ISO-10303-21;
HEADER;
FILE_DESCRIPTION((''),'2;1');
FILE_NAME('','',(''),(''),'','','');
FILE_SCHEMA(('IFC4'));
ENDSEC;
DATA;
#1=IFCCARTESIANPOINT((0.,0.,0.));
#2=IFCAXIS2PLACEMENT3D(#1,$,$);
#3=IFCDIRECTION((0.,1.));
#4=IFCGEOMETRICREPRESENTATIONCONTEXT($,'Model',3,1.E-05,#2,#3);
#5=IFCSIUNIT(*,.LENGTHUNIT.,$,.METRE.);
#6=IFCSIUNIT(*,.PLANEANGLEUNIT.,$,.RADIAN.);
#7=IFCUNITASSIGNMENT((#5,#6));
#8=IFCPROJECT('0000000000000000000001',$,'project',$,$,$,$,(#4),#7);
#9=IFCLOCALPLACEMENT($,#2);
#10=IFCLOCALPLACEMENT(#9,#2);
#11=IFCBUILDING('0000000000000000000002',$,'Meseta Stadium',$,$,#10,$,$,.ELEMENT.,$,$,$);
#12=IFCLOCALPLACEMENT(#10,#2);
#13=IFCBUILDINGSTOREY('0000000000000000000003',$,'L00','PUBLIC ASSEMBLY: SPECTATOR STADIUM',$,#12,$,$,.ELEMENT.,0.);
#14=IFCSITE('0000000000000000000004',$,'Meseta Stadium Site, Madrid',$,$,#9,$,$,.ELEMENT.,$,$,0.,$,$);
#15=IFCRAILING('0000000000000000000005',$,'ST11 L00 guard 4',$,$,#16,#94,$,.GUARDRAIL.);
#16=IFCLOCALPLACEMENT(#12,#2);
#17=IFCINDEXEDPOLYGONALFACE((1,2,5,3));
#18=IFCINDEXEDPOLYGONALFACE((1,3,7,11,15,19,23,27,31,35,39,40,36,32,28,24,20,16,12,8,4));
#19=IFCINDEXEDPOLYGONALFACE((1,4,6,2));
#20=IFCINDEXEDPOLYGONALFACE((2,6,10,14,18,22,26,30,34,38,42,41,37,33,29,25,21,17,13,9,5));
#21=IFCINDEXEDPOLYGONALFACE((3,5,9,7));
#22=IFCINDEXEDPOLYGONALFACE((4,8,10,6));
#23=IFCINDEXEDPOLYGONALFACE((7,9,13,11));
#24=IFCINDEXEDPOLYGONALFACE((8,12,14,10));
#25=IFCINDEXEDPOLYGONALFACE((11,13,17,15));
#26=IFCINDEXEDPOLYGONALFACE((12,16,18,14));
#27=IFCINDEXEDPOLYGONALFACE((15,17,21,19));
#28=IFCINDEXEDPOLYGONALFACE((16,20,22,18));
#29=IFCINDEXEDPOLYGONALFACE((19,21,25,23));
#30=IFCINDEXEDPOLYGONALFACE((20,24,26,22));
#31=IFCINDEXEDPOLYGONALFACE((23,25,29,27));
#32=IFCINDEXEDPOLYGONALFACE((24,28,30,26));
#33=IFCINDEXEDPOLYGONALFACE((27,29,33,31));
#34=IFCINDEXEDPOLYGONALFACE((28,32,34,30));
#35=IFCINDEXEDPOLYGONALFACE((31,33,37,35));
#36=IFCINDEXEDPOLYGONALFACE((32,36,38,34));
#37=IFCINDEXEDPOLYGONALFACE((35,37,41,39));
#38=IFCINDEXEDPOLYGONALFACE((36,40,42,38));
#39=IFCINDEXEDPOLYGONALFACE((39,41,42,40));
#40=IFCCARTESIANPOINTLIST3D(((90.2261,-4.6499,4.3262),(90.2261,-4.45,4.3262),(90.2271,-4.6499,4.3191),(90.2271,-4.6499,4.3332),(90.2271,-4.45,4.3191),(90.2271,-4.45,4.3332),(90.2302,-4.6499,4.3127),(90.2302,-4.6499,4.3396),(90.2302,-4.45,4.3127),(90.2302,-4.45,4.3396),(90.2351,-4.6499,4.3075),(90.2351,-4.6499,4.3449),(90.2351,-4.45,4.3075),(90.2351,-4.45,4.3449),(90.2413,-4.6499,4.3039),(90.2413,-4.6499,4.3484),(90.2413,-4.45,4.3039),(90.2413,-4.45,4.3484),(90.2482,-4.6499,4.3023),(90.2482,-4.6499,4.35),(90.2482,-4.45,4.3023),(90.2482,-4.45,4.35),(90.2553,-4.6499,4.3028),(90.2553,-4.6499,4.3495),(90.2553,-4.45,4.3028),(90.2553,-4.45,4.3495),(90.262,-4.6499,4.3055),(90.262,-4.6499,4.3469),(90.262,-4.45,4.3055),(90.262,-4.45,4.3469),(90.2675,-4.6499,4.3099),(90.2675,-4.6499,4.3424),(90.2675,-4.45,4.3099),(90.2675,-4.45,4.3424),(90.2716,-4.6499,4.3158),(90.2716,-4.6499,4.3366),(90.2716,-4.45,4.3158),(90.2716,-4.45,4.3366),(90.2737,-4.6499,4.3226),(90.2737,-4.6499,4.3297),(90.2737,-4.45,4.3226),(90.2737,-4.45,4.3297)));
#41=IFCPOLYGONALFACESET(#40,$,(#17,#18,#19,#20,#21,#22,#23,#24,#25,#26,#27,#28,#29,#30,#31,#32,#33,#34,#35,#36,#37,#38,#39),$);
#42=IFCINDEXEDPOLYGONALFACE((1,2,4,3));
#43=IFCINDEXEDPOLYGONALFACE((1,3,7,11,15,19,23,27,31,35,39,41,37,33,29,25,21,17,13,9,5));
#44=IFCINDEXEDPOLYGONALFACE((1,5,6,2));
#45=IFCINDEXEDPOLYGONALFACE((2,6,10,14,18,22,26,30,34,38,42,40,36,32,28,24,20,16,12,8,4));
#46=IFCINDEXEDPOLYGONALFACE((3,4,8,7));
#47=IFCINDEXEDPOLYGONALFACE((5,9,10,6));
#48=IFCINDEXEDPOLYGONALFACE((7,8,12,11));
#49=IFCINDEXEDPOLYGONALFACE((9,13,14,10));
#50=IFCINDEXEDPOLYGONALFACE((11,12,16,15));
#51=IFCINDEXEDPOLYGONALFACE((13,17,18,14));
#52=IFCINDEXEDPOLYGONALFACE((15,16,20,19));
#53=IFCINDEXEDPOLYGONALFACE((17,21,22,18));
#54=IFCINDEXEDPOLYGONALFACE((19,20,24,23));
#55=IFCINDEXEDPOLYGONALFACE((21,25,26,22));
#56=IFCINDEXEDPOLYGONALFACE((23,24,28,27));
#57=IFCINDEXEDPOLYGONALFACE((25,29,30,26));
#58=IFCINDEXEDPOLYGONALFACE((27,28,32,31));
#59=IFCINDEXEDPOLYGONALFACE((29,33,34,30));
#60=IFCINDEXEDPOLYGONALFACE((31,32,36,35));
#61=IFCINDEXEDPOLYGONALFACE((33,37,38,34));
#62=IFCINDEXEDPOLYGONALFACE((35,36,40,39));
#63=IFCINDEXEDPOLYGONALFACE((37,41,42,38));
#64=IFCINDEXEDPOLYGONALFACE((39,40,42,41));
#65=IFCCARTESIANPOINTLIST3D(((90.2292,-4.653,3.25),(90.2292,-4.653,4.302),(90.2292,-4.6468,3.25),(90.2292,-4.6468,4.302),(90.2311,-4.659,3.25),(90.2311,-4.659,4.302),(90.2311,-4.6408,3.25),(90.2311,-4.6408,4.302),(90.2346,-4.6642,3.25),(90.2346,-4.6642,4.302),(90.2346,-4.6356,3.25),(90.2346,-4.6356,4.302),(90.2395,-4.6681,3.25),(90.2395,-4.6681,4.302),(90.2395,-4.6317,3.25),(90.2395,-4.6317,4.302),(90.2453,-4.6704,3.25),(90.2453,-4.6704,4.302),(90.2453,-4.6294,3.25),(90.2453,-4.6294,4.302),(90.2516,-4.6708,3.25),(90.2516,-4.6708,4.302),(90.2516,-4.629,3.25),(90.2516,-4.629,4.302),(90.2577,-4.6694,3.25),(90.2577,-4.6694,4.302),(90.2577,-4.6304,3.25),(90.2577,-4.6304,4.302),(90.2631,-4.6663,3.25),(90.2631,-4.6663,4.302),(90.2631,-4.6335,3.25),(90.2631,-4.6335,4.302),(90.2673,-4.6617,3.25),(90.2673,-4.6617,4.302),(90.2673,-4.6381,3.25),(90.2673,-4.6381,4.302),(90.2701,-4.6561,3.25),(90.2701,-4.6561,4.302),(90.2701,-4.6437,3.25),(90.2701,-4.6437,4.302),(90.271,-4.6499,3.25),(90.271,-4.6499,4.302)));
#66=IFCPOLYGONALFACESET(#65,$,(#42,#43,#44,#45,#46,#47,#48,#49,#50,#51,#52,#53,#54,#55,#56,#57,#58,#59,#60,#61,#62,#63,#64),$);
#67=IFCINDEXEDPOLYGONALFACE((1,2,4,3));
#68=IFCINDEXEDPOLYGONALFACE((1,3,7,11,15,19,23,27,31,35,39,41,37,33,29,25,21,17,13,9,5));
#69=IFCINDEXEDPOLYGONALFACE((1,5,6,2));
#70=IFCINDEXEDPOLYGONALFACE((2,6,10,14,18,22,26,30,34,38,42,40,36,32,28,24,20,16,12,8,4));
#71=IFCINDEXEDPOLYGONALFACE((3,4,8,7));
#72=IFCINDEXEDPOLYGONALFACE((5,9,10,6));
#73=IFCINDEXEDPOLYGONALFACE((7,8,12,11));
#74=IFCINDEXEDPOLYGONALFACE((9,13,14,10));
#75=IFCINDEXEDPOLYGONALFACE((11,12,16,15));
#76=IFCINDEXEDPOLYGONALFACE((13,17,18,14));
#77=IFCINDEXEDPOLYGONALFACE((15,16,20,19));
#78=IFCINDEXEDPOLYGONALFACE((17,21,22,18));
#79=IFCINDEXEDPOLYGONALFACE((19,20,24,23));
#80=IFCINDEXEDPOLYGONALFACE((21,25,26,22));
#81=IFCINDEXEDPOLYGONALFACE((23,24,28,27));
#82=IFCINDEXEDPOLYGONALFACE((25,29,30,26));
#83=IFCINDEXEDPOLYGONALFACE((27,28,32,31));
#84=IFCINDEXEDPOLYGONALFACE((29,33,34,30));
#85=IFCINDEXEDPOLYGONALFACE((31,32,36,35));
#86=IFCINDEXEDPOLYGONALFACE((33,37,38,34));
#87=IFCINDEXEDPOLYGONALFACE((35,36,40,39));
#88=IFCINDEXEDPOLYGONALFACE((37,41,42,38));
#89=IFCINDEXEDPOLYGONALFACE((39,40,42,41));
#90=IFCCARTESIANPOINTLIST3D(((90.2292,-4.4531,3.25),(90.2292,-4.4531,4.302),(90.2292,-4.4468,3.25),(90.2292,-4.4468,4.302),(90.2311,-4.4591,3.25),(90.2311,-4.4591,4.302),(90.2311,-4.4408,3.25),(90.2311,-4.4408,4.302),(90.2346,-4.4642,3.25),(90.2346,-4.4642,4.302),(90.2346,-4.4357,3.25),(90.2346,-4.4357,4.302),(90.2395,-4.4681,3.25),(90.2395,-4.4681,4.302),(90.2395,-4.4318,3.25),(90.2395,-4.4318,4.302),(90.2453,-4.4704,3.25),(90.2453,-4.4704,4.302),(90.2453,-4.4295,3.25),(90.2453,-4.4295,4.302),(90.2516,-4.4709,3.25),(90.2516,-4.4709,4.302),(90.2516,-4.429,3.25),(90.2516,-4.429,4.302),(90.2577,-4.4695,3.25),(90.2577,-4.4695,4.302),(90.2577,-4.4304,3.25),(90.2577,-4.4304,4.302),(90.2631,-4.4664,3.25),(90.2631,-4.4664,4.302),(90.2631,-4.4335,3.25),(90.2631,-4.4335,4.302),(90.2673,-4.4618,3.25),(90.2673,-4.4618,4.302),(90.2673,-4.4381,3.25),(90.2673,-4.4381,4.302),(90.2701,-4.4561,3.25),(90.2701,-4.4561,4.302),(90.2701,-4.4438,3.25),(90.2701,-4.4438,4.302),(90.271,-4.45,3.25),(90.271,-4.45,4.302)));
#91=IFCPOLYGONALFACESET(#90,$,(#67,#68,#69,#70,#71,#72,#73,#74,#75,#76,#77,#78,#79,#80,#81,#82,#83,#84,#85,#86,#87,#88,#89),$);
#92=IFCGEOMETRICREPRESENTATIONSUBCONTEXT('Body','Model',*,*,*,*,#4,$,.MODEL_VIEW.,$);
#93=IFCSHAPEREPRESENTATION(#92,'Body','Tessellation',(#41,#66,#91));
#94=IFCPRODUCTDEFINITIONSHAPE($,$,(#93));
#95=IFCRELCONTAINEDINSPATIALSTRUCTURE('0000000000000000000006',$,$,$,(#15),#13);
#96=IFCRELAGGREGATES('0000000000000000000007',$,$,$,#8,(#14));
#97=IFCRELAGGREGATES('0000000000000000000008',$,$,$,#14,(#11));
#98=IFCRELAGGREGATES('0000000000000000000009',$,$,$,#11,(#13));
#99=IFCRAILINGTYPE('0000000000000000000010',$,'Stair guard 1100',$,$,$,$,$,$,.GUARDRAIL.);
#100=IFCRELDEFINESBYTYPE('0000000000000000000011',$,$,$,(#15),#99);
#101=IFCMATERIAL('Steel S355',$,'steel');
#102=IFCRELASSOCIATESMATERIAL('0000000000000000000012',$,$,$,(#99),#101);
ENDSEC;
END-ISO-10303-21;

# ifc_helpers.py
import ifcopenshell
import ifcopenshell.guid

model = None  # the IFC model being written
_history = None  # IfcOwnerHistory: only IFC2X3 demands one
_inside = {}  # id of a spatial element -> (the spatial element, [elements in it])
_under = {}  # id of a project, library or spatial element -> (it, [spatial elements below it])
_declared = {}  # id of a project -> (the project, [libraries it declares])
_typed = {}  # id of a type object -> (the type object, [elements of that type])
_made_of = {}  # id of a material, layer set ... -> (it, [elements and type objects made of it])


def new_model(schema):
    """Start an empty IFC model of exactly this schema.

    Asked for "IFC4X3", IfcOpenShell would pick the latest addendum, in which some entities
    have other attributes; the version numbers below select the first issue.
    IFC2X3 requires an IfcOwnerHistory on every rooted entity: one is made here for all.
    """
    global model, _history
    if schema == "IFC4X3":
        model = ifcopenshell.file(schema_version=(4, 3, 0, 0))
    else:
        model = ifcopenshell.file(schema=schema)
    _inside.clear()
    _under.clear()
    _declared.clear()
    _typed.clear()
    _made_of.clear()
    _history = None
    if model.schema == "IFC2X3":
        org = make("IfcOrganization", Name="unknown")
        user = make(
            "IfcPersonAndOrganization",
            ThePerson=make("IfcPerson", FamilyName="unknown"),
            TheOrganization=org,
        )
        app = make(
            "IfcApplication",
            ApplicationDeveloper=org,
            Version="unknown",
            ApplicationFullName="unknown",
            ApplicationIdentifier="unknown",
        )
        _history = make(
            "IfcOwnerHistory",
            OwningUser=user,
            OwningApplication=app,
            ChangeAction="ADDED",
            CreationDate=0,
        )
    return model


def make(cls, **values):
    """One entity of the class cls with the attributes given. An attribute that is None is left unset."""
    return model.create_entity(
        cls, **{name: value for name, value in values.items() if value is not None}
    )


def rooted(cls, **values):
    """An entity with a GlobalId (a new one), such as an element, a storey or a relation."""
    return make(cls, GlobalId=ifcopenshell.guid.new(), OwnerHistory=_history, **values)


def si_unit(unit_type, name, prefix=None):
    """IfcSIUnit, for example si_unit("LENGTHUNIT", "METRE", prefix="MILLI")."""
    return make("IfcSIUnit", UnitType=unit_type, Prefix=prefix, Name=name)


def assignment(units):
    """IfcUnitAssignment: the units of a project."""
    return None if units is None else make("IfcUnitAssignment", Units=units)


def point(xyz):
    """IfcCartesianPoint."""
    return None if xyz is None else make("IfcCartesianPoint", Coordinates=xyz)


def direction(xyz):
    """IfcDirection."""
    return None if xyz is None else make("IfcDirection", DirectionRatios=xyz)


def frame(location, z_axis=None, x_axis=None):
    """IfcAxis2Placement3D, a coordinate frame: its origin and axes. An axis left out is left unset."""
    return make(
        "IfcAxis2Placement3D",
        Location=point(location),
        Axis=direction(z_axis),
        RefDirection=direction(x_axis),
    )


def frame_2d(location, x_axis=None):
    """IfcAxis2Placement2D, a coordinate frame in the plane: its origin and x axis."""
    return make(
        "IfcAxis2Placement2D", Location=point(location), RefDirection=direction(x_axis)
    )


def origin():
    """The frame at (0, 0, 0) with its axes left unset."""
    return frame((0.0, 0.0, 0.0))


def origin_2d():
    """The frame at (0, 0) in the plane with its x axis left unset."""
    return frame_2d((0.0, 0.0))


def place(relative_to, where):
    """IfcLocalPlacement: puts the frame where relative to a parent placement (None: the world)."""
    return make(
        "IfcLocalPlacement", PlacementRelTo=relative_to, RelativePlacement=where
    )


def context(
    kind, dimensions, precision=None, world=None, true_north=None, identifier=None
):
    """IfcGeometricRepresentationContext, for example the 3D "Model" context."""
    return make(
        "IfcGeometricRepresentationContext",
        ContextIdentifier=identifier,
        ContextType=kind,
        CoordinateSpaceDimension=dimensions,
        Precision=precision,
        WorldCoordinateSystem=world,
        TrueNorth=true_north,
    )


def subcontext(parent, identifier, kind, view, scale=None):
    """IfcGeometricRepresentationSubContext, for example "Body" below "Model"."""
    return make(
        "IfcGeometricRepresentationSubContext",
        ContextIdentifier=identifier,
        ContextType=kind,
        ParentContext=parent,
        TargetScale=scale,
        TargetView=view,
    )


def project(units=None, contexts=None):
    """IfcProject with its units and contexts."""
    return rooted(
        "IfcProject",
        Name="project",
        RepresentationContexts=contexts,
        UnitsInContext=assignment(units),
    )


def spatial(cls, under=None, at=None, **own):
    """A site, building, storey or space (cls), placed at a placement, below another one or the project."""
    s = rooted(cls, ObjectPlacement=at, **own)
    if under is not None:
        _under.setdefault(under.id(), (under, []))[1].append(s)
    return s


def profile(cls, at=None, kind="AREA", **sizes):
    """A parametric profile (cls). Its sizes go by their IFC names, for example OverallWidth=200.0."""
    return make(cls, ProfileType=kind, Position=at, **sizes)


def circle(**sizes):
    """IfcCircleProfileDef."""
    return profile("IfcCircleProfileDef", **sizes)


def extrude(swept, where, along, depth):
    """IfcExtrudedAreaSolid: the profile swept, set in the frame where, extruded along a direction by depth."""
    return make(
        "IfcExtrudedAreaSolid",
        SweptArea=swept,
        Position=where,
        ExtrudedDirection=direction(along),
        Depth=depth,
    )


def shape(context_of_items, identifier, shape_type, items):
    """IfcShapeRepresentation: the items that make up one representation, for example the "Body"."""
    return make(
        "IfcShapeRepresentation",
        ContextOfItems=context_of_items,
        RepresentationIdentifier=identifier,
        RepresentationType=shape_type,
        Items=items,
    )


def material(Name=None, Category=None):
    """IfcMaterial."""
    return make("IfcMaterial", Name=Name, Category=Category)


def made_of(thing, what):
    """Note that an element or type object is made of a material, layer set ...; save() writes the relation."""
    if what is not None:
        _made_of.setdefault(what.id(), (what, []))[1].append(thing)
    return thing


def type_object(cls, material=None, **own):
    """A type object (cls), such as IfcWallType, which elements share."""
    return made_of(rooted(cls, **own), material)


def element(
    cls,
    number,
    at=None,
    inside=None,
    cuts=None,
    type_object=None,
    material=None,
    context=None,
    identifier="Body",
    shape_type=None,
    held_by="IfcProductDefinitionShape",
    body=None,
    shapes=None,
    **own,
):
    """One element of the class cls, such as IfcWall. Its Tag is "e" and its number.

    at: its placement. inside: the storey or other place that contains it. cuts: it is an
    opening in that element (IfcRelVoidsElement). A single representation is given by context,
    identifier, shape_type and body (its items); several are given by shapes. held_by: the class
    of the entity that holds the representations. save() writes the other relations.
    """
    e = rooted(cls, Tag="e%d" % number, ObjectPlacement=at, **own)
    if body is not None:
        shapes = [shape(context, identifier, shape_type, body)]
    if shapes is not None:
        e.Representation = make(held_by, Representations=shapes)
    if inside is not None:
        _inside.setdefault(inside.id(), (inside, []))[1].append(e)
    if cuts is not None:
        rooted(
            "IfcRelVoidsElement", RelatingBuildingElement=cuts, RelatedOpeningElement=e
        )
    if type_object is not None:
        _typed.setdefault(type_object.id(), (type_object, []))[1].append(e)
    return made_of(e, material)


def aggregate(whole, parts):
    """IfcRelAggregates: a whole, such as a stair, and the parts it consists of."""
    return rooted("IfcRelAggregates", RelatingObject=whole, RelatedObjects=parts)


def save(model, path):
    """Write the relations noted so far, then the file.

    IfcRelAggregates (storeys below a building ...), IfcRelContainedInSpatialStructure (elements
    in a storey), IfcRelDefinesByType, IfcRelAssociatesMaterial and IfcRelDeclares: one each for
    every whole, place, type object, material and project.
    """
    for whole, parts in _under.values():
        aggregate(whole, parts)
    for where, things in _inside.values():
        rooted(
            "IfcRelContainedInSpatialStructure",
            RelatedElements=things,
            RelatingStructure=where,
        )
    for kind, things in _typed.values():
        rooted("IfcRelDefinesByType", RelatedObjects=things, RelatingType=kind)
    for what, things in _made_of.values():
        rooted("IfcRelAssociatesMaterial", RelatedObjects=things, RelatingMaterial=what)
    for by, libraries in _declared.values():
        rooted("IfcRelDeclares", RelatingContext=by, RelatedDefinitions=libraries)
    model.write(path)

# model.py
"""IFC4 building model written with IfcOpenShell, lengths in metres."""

from ifc_helpers import new_model, si_unit, direction, frame, origin, origin_2d, place, context, subcontext, project, spatial, circle, extrude, material, type_object, element, save


model = new_model("IFC4")

# Units and contexts
model_context = context("Model", 3, precision=1e-05, world=origin(), true_north=direction((0.0, 1.0)))
body_context = subcontext(model_context, "Body", "Model", "MODEL_VIEW")
ifc_project = project(units=[si_unit("LENGTHUNIT", "METRE"), si_unit("PLANEANGLEUNIT", "RADIAN")], contexts=[model_context])

# Site, building, storey
site_placement = place(None, origin())
site = spatial("IfcSite", under=ifc_project, at=site_placement, Name="Meseta Stadium Site, Madrid", CompositionType="ELEMENT", RefElevation=0.0)
building_placement = place(site_placement, origin())
building = spatial("IfcBuilding", under=site, at=building_placement, Name="Meseta Stadium", CompositionType="ELEMENT")
storey_placement = place(building_placement, origin())
storey = spatial("IfcBuildingStorey", under=building, at=storey_placement, Name="L00", Description="PUBLIC ASSEMBLY: SPECTATOR STADIUM", CompositionType="ELEMENT", Elevation=0.0)

# Railing
ifc_material_1 = material(Name="Steel S355", Category="steel")
railing_type_1 = type_object("IfcRailingType", Name="Stair guard 1100", PredefinedType="GUARDRAIL", material=ifc_material_1)
railing_1_placement = place(storey_placement, frame((90.25, -4.6499, 3.25)))
element("IfcRailing", 1, at=railing_1_placement, inside=storey, type_object=railing_type_1, Name="ST11 L00 guard 4", PredefinedType="GUARDRAIL", context=body_context, shape_type="SweptSolid", body=[
    extrude(circle(Radius=0.0239, at=origin_2d()), frame((0.0, 0.0, 1.0762), z_axis=(0.0, 1.0, 0.0), x_axis=(-1.0, 0.0, 0.0)), (0.0, 0.0, 1.0), 0.2),
    extrude(circle(Radius=0.021, at=origin_2d()), origin(), (0.0, 0.0, 1.0), 1.052),
    extrude(circle(Radius=0.021, at=origin_2d()), frame((0.0, 0.2, 0.0)), (0.0, 0.0, 1.0), 1.052),
])

save(model, "model.ifc")
